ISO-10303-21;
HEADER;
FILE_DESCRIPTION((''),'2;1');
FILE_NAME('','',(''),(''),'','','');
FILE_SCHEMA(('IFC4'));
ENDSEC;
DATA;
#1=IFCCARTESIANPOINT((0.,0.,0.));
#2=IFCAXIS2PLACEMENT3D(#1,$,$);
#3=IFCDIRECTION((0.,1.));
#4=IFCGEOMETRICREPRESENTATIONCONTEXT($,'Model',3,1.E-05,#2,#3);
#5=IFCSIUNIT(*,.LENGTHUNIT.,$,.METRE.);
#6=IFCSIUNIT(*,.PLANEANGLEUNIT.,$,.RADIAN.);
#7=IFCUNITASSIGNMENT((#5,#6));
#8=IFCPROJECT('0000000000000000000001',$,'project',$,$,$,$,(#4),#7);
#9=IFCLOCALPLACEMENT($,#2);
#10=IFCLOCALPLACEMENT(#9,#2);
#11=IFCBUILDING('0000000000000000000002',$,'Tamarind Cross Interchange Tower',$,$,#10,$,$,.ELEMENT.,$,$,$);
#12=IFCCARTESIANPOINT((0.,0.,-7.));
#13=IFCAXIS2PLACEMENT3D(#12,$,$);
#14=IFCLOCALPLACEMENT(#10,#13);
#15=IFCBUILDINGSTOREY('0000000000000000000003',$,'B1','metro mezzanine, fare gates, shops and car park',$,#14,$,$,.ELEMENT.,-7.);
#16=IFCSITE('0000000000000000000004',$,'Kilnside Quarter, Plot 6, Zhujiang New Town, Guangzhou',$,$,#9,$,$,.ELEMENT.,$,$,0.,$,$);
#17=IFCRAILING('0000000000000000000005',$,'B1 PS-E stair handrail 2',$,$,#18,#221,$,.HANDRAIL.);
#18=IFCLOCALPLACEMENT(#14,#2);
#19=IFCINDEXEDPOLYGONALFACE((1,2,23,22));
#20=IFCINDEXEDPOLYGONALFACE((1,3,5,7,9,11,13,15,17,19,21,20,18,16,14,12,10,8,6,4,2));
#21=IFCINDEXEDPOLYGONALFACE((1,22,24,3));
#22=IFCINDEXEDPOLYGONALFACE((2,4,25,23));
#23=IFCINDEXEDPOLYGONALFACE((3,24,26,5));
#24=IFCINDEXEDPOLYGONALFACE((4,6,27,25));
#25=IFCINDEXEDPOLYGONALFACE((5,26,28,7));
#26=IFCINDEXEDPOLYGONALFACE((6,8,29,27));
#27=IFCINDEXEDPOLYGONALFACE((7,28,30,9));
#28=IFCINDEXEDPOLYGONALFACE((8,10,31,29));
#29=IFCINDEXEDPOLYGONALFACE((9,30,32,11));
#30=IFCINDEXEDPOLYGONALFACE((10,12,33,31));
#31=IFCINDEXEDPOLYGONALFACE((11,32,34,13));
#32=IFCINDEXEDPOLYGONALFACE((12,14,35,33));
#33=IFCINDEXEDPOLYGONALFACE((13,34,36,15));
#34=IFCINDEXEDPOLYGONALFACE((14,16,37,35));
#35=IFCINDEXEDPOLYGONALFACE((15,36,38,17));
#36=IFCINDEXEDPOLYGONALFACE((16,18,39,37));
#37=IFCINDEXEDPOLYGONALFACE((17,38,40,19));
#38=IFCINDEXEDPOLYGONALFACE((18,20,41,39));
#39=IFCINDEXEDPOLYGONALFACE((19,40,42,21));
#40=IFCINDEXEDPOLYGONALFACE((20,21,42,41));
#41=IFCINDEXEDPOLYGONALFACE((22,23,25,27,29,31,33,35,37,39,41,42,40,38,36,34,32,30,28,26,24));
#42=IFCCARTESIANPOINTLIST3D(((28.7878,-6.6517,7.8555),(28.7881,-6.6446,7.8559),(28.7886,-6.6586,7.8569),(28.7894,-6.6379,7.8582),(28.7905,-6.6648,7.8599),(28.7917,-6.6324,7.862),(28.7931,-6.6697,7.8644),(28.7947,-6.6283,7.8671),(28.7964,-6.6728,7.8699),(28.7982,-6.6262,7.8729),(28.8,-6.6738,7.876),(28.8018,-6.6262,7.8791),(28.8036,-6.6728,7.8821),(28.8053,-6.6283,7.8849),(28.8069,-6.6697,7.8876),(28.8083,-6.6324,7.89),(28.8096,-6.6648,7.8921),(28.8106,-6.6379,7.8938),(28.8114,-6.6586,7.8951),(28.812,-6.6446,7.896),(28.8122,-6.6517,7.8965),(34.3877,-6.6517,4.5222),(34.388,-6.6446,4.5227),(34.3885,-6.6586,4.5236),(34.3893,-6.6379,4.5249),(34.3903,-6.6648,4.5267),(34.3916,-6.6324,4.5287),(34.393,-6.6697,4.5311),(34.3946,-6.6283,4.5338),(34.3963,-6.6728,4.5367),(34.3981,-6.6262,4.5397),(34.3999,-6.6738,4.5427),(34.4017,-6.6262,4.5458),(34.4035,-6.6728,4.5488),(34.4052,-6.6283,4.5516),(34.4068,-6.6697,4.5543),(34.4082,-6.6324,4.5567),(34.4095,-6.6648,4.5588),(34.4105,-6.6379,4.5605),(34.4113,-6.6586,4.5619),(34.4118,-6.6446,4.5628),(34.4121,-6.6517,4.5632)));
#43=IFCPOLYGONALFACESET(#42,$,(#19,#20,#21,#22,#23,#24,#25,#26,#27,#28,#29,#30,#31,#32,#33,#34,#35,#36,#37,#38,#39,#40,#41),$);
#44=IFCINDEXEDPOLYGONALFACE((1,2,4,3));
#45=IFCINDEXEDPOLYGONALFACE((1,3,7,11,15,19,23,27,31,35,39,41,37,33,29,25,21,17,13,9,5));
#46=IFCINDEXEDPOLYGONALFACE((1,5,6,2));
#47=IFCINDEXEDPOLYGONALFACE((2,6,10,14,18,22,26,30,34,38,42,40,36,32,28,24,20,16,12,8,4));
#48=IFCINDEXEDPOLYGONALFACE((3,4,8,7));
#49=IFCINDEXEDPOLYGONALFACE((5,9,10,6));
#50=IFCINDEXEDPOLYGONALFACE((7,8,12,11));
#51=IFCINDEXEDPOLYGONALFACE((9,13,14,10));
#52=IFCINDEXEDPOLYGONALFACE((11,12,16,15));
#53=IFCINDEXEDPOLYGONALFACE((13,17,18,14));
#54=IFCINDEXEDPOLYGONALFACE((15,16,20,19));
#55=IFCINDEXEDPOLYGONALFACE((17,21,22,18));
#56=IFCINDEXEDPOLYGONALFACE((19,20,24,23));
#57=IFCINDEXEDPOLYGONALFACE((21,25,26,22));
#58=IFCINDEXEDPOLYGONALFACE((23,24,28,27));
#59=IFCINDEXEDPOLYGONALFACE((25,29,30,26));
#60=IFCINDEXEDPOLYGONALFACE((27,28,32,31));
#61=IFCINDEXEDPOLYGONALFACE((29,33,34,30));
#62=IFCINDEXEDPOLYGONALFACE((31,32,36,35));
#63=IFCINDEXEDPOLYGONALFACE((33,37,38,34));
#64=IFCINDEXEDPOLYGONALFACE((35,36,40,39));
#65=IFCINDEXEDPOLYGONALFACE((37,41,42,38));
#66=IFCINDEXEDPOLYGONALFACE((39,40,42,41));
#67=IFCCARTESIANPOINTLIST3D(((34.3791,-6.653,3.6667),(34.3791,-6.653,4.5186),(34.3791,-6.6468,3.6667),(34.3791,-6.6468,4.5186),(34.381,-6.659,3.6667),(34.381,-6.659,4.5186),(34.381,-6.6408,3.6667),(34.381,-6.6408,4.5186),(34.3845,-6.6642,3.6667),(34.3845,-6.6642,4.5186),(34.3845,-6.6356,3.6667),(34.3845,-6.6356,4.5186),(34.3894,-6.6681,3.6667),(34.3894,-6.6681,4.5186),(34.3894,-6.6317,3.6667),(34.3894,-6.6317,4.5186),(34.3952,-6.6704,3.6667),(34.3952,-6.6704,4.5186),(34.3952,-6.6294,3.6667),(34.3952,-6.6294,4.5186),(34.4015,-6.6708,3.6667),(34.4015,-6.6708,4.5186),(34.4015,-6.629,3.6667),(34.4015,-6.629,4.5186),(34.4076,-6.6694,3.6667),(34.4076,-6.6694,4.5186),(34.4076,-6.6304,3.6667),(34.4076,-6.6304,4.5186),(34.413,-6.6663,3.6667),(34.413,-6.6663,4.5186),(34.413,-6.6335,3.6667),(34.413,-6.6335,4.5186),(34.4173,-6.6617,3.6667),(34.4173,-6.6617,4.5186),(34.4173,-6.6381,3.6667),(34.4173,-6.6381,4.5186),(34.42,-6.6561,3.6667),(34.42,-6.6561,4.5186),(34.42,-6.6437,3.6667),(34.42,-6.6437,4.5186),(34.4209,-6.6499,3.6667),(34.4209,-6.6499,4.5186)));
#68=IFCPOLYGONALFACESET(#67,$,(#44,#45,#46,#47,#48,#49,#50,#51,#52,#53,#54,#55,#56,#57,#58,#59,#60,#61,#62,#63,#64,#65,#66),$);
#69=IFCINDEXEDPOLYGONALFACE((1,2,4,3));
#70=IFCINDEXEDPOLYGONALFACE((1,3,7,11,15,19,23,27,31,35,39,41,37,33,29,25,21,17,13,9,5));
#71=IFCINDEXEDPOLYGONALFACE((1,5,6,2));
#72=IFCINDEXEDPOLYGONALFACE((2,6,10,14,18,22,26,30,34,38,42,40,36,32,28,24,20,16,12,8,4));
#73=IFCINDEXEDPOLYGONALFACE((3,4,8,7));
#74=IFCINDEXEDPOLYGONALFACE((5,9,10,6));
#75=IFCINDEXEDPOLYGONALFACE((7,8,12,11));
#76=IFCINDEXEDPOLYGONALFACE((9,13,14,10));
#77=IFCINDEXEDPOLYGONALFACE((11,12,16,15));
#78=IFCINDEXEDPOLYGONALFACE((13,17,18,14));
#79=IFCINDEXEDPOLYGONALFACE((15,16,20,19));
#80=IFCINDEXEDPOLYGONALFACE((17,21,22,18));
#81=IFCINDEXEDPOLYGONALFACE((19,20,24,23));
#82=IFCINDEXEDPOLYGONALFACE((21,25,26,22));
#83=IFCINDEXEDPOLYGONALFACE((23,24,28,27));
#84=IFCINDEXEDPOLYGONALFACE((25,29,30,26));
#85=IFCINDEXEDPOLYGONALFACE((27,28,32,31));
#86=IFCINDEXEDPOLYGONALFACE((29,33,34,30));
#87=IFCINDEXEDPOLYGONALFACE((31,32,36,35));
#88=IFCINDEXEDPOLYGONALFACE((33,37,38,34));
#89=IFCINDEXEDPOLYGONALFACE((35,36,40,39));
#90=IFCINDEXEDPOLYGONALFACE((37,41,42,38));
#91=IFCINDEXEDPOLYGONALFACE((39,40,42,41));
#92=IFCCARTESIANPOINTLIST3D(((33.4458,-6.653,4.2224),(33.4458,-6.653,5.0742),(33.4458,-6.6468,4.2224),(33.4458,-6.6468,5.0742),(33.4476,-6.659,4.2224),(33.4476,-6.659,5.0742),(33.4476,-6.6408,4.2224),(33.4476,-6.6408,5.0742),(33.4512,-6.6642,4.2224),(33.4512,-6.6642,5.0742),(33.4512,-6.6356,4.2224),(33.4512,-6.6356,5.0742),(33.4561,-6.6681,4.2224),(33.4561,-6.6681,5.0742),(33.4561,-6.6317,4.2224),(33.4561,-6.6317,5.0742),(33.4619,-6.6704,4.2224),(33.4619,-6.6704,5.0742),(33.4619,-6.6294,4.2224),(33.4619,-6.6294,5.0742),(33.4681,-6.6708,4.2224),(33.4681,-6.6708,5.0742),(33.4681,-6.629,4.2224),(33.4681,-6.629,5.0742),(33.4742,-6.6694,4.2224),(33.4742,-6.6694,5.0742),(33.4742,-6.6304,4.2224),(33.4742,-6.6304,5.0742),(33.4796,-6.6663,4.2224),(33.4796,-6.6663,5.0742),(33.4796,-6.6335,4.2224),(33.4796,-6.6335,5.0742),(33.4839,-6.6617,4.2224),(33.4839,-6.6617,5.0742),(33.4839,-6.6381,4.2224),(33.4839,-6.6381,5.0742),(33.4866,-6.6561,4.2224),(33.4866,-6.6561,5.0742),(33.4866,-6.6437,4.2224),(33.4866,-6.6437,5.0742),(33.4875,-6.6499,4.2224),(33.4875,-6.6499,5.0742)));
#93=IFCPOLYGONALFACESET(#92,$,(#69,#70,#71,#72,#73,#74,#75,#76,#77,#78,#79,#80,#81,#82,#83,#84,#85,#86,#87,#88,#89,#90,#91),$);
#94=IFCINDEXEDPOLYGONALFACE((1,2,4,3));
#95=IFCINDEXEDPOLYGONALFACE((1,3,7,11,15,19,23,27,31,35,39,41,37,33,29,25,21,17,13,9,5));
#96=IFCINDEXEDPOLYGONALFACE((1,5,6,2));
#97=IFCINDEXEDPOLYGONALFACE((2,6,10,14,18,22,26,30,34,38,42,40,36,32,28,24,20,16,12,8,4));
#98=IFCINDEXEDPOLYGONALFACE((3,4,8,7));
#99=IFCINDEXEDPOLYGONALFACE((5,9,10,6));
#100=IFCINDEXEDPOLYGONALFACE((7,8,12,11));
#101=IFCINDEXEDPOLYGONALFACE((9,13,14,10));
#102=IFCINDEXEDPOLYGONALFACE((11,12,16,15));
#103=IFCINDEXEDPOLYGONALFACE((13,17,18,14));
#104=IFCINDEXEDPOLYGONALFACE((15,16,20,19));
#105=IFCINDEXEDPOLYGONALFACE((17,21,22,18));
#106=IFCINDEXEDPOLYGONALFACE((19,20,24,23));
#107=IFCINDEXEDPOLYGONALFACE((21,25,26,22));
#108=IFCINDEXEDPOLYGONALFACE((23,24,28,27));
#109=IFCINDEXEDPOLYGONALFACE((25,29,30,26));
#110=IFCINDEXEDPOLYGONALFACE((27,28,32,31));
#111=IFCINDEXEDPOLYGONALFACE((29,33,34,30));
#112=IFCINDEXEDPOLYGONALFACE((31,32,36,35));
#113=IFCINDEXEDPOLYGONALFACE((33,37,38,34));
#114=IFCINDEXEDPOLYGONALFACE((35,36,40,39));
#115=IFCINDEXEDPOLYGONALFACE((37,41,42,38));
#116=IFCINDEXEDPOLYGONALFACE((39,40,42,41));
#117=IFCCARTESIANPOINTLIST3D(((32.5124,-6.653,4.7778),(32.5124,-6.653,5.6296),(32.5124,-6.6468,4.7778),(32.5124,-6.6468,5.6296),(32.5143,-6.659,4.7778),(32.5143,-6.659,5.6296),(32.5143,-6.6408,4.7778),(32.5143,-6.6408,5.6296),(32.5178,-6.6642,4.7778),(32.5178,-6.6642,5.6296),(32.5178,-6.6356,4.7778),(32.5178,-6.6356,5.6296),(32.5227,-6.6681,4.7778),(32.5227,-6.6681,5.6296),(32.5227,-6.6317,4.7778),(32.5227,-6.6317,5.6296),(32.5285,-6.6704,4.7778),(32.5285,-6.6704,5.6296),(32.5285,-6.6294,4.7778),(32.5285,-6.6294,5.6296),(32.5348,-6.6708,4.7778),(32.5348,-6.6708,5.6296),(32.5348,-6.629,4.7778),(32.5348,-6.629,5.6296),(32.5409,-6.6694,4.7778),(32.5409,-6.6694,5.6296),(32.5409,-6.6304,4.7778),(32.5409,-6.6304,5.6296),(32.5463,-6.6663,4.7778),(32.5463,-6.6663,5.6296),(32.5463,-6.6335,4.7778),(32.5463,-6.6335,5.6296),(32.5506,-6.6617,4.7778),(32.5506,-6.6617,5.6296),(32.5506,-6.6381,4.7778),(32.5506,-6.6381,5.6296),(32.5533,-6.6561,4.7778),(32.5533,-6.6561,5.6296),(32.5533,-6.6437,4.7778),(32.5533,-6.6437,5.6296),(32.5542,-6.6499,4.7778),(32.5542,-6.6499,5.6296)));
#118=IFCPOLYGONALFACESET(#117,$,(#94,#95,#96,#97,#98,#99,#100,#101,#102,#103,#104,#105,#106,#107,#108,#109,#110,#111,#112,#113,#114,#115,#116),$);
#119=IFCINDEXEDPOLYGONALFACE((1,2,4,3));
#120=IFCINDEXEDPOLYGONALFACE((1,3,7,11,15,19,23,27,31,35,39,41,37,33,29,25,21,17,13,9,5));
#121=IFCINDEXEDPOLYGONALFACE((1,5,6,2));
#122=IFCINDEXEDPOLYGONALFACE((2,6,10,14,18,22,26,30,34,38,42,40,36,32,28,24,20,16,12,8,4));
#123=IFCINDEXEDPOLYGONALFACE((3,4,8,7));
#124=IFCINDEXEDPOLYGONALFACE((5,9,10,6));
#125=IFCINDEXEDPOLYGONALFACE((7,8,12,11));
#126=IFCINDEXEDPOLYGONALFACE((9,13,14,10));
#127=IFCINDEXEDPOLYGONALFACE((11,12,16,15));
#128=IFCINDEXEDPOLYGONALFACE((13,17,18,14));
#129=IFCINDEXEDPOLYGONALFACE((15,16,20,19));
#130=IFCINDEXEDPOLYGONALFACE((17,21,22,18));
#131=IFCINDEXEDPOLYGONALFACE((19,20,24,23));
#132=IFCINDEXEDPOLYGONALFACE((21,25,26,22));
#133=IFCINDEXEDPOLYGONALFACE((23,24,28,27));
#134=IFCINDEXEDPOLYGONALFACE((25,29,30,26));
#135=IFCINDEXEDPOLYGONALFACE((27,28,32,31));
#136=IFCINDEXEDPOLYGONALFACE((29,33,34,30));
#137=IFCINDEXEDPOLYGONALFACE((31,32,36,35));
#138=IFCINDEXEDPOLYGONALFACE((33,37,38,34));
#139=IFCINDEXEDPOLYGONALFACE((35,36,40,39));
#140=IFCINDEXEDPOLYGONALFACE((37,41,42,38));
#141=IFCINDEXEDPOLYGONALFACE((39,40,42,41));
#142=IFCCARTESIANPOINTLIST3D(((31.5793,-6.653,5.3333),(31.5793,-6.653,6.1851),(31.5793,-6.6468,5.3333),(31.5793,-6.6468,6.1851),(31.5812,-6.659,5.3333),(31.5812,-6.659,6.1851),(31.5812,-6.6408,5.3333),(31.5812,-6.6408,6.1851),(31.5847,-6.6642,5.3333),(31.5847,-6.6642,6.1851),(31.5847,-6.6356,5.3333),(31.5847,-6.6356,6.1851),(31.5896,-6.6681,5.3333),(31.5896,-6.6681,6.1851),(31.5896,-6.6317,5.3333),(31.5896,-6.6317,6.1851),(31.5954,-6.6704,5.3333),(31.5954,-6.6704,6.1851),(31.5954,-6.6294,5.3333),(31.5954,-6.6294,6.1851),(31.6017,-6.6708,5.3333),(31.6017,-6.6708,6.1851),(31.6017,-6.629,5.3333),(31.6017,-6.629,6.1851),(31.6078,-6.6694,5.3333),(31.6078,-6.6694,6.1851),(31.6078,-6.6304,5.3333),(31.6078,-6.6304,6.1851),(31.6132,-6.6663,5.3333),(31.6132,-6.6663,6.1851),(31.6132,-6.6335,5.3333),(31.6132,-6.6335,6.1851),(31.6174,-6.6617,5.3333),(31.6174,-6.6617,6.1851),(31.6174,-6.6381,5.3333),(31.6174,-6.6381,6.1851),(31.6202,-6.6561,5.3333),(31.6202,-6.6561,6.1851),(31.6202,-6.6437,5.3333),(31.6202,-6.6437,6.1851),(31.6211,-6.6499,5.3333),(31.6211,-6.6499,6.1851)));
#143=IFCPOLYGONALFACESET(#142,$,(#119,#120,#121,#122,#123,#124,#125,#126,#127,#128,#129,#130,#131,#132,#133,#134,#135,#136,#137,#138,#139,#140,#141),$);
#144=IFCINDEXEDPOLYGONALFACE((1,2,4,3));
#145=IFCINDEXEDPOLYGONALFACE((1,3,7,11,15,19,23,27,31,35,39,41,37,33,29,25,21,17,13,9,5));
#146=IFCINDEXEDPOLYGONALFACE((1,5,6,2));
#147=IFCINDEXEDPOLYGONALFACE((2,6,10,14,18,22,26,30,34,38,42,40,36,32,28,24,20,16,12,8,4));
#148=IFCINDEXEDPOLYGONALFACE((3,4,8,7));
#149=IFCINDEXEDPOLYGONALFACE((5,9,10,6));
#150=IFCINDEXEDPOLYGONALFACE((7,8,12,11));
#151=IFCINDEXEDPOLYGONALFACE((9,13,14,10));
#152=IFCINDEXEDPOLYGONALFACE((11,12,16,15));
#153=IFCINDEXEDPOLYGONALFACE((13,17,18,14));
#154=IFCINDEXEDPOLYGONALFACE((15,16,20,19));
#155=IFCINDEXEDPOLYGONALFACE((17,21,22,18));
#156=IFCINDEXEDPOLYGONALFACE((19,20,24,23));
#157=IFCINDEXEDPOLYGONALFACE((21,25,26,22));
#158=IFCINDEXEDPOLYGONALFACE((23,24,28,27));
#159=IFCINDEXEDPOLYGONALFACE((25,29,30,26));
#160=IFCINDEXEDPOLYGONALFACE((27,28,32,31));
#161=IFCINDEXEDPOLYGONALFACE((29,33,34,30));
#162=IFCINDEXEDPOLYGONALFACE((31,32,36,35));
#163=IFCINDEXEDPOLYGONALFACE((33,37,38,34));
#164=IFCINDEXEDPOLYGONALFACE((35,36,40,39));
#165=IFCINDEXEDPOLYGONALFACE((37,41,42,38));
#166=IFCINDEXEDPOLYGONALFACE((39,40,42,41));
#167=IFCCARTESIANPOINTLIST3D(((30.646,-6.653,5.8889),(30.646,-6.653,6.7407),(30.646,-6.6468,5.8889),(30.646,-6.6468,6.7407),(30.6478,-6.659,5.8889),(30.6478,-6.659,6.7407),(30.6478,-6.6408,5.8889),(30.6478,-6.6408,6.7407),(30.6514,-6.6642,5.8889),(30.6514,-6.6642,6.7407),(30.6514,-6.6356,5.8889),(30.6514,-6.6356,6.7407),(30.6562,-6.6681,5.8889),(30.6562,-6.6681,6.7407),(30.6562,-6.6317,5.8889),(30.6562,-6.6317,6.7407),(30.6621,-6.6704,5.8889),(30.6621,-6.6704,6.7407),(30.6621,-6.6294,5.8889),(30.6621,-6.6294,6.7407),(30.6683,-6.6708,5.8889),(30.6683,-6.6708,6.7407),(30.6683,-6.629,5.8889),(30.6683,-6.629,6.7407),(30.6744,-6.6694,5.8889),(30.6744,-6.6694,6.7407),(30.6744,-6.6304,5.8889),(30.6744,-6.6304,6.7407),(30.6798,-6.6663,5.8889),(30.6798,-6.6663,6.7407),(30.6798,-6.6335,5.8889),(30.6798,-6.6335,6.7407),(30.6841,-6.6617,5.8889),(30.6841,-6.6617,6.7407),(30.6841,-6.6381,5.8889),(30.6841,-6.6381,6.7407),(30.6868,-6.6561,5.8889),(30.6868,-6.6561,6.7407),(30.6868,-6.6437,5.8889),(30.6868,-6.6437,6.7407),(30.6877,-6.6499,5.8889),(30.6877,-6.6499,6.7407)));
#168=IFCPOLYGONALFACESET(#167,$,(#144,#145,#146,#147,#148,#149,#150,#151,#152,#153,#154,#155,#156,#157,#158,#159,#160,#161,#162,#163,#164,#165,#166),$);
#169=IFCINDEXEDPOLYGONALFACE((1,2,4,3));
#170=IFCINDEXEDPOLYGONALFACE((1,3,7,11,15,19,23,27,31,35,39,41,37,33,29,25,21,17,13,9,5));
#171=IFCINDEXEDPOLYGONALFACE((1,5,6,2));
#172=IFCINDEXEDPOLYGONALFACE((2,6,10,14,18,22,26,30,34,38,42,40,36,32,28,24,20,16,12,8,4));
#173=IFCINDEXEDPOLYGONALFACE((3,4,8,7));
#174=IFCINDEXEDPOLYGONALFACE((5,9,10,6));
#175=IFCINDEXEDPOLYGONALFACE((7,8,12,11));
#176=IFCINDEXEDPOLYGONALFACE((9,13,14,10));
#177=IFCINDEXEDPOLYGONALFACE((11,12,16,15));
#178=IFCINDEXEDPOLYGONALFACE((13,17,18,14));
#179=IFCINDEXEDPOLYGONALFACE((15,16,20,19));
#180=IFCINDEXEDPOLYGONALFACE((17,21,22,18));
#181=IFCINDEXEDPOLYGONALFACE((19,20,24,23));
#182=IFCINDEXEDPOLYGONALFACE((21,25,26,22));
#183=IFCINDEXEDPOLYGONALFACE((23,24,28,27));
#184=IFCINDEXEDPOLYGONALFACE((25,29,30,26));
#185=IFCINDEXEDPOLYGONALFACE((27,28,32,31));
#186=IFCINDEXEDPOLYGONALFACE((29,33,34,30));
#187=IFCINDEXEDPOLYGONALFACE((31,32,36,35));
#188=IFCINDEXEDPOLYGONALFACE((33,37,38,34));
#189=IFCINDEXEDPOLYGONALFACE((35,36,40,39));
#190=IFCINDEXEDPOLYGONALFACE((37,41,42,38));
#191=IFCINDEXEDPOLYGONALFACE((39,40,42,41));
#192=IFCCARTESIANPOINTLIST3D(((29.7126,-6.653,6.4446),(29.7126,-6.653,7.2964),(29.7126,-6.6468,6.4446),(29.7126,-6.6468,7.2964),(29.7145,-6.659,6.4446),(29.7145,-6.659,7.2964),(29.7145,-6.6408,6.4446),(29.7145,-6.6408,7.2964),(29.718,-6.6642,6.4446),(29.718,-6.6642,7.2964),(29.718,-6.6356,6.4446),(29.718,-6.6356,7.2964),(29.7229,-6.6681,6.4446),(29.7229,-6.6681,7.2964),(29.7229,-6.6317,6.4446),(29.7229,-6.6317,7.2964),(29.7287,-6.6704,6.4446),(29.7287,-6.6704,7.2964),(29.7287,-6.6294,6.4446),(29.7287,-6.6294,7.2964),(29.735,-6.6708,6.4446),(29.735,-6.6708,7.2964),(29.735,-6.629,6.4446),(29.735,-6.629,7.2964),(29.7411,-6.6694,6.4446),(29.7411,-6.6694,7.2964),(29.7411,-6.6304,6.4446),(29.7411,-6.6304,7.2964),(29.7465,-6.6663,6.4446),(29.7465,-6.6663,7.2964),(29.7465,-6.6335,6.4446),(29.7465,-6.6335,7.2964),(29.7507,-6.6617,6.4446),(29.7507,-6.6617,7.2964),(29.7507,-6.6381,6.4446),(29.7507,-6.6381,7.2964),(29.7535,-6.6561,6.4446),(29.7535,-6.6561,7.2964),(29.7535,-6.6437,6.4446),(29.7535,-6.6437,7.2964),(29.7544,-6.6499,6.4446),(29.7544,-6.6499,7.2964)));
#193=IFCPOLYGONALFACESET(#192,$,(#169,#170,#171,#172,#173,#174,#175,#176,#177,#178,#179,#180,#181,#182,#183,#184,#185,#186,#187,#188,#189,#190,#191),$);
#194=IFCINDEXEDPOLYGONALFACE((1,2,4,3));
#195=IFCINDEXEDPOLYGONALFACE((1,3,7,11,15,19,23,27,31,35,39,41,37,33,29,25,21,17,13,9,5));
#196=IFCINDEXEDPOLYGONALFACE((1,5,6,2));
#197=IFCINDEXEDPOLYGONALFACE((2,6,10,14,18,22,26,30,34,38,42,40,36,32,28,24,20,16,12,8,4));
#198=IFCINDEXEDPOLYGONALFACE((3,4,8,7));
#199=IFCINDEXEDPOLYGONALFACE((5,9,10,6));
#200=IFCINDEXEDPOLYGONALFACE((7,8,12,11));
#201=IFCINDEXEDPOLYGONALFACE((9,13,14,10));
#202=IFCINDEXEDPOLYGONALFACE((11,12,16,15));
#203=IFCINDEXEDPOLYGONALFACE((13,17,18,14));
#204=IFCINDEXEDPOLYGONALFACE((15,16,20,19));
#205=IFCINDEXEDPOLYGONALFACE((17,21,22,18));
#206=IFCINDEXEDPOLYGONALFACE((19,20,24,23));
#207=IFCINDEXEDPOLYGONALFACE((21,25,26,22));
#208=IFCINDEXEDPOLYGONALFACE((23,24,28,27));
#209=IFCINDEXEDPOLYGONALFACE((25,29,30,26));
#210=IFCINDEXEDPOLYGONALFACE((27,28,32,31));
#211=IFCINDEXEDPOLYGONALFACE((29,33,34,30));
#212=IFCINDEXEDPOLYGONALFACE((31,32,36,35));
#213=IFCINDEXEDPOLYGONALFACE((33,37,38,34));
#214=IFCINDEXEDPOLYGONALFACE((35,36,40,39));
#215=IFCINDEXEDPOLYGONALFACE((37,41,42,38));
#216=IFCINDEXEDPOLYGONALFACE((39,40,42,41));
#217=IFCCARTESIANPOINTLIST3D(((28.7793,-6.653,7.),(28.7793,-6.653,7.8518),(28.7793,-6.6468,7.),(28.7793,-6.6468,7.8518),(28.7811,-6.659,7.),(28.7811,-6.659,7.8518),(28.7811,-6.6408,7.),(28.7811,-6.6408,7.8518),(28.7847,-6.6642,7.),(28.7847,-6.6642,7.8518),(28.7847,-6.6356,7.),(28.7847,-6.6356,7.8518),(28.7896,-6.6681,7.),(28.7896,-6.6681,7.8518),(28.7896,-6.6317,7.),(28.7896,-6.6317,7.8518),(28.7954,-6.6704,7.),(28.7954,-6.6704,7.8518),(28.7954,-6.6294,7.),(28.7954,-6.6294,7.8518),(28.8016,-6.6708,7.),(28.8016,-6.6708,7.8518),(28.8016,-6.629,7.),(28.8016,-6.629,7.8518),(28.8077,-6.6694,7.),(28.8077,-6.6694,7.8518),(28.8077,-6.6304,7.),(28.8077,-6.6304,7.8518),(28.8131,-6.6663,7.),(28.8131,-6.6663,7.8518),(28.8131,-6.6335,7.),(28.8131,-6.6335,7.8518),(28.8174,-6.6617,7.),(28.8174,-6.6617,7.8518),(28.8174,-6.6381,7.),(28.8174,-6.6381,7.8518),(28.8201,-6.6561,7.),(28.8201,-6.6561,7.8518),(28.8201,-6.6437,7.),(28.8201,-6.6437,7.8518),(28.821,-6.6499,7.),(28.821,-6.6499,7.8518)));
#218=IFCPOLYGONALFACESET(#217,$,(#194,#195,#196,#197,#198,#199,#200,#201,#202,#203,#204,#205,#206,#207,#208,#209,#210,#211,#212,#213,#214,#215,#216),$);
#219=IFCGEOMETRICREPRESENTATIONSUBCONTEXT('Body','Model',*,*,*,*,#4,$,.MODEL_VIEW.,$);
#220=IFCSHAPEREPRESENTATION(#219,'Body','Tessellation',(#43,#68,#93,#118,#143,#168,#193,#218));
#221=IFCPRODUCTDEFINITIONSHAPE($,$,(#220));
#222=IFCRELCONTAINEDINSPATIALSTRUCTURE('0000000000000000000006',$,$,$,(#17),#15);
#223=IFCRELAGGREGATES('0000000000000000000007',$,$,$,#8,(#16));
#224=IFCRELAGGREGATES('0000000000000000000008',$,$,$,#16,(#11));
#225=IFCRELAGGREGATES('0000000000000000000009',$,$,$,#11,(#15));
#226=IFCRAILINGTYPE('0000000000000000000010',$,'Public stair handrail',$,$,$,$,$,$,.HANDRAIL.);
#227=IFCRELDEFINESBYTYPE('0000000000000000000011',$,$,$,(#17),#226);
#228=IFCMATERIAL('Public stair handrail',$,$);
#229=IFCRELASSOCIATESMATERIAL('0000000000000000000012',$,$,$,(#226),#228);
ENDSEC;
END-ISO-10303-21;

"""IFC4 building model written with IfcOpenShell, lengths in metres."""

from ifc_helpers import new_model, si_unit, direction, frame, origin, origin_2d, place, context, subcontext, project, spatial, circle, extrude, material, type_object, element, save


model = new_model("IFC4")

# Units and contexts
model_context = context("Model", 3, precision=1e-05, world=origin(), true_north=direction((0.0, 1.0)))
body_context = subcontext(model_context, "Body", "Model", "MODEL_VIEW")
ifc_project = project(units=[si_unit("LENGTHUNIT", "METRE"), si_unit("PLANEANGLEUNIT", "RADIAN")], contexts=[model_context])

# Site, building, storey
site_placement = place(None, origin())
site = spatial("IfcSite", under=ifc_project, at=site_placement, Name="Kilnside Quarter, Plot 6, Zhujiang New Town, Guangzhou", CompositionType="ELEMENT", RefElevation=0.0)
building_placement = place(site_placement, origin())
building = spatial("IfcBuilding", under=site, at=building_placement, Name="Tamarind Cross Interchange Tower", CompositionType="ELEMENT")
storey_placement = place(building_placement, frame((0.0, 0.0, -7.0)))
storey = spatial("IfcBuildingStorey", under=building, at=storey_placement, Name="B1", Description="metro mezzanine, fare gates, shops and car park", CompositionType="ELEMENT", Elevation=-7.0)

# Railing
ifc_material_1 = material(Name="Public stair handrail")
railing_type_1 = type_object("IfcRailingType", Name="Public stair handrail", PredefinedType="HANDRAIL", material=ifc_material_1)
railing_1_placement = place(storey_placement, frame((34.3999, -6.6499, 3.6667)))
element("IfcRailing", 1, at=railing_1_placement, inside=storey, type_object=railing_type_1, Name="B1 PS-E stair handrail 2", PredefinedType="HANDRAIL", context=body_context, shape_type="SweptSolid", body=[
    extrude(circle(Radius=0.0239, at=origin_2d()), frame((0.0, 0.0, 0.876), z_axis=(-0.859292, 0.0, 0.511485), x_axis=(0.0, -1.0, 0.0)), (0.0, 0.0, 1.0), 6.5168),
    extrude(circle(Radius=0.021, at=origin_2d()), origin(), (0.0, 0.0, 1.0), 0.8518),
    extrude(circle(Radius=0.021, at=origin_2d()), frame((-0.9333, 0.0, 0.5557)), (0.0, 0.0, 1.0), 0.8518),
    extrude(circle(Radius=0.021, at=origin_2d()), frame((-1.8667, 0.0, 1.1111)), (0.0, 0.0, 1.0), 0.8518),
    extrude(circle(Radius=0.021, at=origin_2d()), frame((-2.7998, 0.0, 1.6665)), (0.0, 0.0, 1.0), 0.8518),
    extrude(circle(Radius=0.021, at=origin_2d()), frame((-3.7332, 0.0, 2.2222)), (0.0, 0.0, 1.0), 0.8518),
    extrude(circle(Radius=0.021, at=origin_2d()), frame((-4.6665, 0.0, 2.7778)), (0.0, 0.0, 1.0), 0.8518),
    extrude(circle(Radius=0.021, at=origin_2d()), frame((-5.5999, 0.0, 3.3333)), (0.0, 0.0, 1.0), 0.8518),
])

save(model, "model.ifc")
